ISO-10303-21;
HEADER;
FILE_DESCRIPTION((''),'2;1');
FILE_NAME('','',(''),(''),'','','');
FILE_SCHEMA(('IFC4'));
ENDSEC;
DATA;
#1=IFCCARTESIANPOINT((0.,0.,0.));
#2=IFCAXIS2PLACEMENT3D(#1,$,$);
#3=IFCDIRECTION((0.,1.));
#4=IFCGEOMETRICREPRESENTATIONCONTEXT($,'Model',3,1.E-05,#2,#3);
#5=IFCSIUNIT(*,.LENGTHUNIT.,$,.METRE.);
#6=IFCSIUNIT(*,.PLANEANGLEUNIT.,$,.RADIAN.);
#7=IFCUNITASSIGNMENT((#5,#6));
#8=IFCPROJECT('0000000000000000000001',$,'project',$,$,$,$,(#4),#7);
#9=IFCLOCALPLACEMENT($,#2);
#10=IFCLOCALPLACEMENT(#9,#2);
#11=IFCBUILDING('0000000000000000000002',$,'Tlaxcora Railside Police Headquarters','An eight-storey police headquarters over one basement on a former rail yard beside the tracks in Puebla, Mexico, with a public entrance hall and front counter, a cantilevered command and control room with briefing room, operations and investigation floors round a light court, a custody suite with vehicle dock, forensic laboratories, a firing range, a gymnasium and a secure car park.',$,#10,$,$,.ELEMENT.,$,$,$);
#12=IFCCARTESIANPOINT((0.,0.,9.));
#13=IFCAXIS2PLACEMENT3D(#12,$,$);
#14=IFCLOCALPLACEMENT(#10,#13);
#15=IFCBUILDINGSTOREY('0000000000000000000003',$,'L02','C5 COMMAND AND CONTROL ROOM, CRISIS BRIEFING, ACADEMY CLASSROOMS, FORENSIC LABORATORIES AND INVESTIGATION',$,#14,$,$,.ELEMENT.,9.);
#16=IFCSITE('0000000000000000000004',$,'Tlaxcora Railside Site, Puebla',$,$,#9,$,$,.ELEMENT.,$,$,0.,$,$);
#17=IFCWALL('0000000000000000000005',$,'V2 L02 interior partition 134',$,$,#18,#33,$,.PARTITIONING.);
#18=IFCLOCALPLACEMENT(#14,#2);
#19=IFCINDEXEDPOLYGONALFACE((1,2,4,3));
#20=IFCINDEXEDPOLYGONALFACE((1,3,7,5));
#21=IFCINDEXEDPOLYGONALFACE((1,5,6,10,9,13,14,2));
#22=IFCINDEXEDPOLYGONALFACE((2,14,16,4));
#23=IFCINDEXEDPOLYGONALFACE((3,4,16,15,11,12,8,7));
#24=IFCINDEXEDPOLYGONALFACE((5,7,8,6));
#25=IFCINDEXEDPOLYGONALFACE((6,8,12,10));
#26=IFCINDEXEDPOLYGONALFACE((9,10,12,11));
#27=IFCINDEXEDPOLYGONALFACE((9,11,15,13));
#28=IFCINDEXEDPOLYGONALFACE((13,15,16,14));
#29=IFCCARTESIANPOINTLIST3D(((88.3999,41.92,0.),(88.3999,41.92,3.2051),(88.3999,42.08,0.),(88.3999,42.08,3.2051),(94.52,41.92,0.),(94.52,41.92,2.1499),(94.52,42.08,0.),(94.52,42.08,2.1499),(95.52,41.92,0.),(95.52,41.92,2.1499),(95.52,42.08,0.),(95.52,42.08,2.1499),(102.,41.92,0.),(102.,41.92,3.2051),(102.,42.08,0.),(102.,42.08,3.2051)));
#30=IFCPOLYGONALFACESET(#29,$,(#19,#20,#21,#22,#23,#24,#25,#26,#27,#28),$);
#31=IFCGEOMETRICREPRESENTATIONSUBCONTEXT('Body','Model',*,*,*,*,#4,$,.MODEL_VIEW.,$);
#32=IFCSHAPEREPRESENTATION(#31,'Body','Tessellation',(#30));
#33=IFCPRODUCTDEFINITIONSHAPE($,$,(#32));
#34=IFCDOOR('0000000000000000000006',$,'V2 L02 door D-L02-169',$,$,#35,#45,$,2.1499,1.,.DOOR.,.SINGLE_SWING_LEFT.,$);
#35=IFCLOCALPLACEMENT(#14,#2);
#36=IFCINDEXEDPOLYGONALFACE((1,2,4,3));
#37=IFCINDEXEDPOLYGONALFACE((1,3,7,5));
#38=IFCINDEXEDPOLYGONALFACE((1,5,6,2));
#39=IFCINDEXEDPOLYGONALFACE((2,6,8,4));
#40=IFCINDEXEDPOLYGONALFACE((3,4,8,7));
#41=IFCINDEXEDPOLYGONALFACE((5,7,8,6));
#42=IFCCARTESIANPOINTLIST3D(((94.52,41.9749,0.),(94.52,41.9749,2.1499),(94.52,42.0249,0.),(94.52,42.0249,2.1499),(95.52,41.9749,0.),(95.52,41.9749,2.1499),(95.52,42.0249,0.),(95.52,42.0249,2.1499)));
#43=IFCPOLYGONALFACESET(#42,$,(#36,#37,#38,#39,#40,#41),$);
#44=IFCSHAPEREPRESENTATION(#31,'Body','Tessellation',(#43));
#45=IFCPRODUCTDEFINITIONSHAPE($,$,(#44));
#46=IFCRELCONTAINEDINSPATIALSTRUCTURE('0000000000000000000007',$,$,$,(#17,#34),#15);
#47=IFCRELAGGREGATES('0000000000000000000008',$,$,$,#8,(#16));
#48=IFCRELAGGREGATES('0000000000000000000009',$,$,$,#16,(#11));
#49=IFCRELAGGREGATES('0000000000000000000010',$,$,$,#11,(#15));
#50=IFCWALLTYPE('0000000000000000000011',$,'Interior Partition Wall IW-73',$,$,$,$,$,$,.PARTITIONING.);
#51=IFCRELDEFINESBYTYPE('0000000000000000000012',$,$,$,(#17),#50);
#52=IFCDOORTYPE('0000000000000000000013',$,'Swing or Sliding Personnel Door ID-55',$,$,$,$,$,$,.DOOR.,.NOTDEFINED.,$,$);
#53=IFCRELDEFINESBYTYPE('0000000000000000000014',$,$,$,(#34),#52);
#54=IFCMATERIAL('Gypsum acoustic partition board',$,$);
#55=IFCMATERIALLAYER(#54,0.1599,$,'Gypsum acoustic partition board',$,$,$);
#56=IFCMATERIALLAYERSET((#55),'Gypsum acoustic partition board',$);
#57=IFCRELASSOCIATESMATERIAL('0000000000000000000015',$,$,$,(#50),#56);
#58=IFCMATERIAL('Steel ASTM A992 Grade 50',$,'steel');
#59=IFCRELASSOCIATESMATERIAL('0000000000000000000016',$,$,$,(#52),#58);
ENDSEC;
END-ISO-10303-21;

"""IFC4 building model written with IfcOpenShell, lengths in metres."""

from ifc_helpers import new_model, si_unit, direction, frame, frame_2d, origin, place, context, subcontext, project, spatial, rectangle, extrude, material, layer, layer_set, type_object, element, fill, save


model = new_model("IFC4")

# Units and contexts
model_context = context("Model", 3, precision=1e-05, world=origin(), true_north=direction((0.0, 1.0)))
body_context = subcontext(model_context, "Body", "Model", "MODEL_VIEW")
ifc_project = project(units=[si_unit("LENGTHUNIT", "METRE"), si_unit("PLANEANGLEUNIT", "RADIAN")], contexts=[model_context])

# Site, building, storey
site_placement = place(None, origin())
site = spatial("IfcSite", under=ifc_project, at=site_placement, Name="Tlaxcora Railside Site, Puebla", CompositionType="ELEMENT", RefElevation=0.0)
building_placement = place(site_placement, origin())
building = spatial("IfcBuilding", under=site, at=building_placement, Name="Tlaxcora Railside Police Headquarters", Description="An eight-storey police headquarters over one basement on a former rail yard beside the tracks in Puebla, Mexico, with a public entrance hall and front counter, a cantilevered command and control room with briefing room, operations and investigation floors round a light court, a custody suite with vehicle dock, forensic laboratories, a firing range, a gymnasium and a secure car park.", CompositionType="ELEMENT")
storey_placement = place(building_placement, frame((0.0, 0.0, 9.0)))
storey = spatial("IfcBuildingStorey", under=building, at=storey_placement, Name="L02", Description="C5 COMMAND AND CONTROL ROOM, CRISIS BRIEFING, ACADEMY CLASSROOMS, FORENSIC LABORATORIES AND INVESTIGATION", CompositionType="ELEMENT", Elevation=9.0)

# Shared definitions
ifc_material_1 = material(Name="Steel ASTM A992 Grade 50", Category="steel")

# Wall, opening, door
ifc_material_2 = material(Name="Gypsum acoustic partition board")
ifc_layer_1 = layer(ifc_material_2, 0.1599, Name="Gypsum acoustic partition board")
ifc_layer_set_1 = layer_set([ifc_layer_1], Name="Gypsum acoustic partition board")
wall_type_1 = type_object("IfcWallType", Name="Interior Partition Wall IW-73", PredefinedType="PARTITIONING", material=ifc_layer_set_1)
wall_1_placement = place(storey_placement, frame((88.3999, 42.0, 0.0), z_axis=(0.0, 0.0, 1.0), x_axis=(1.0, 0.0, 0.0)))
wall_1 = element("IfcWall", 1, at=wall_1_placement, inside=storey, type_object=wall_type_1, Name="V2 L02 interior partition 134", PredefinedType="PARTITIONING", context=body_context, shape_type="SweptSolid", body=[
    extrude(rectangle(XDim=13.6001, YDim=0.1599, at=frame_2d((6.8, 0.0))), origin(), (0.0, 0.0, 1.0), 3.2051),
])
opening_1_placement = place(wall_1_placement, frame((6.1201, 0.0, 0.0)))
opening_1 = element("IfcOpeningElement", 2, at=opening_1_placement, cuts=wall_1, PredefinedType="OPENING", context=body_context, shape_type="SweptSolid", body=[
    extrude(rectangle(XDim=1.0, YDim=2.1499, at=frame_2d((0.5, 1.075))), frame((0.0, 0.0898, 0.0), z_axis=(0.0, -1.0, 0.0), x_axis=(1.0, 0.0, 0.0)), (0.0, 0.0, 1.0), 0.1799),
])
door_type_1 = type_object("IfcDoorType", Name="Swing or Sliding Personnel Door ID-55", OperationType="NOTDEFINED", PredefinedType="DOOR", material=ifc_material_1)
door_1_placement = place(opening_1_placement, origin())
door_1 = element("IfcDoor", 3, at=door_1_placement, inside=storey, type_object=door_type_1, Name="V2 L02 door D-L02-169", OperationType="SINGLE_SWING_LEFT", OverallHeight=2.1499, OverallWidth=1.0, PredefinedType="DOOR", context=body_context, shape_type="SweptSolid", body=[
    extrude(rectangle(XDim=1.0, YDim=2.1499, at=frame_2d((0.5, 1.075))), frame((0.0, 0.0249, 0.0), z_axis=(0.0, -1.0, 0.0), x_axis=(1.0, 0.0, 0.0)), (0.0, 0.0, 1.0), 0.05),
])
fill(opening_1, door_1)

save(model, "model.ifc")
